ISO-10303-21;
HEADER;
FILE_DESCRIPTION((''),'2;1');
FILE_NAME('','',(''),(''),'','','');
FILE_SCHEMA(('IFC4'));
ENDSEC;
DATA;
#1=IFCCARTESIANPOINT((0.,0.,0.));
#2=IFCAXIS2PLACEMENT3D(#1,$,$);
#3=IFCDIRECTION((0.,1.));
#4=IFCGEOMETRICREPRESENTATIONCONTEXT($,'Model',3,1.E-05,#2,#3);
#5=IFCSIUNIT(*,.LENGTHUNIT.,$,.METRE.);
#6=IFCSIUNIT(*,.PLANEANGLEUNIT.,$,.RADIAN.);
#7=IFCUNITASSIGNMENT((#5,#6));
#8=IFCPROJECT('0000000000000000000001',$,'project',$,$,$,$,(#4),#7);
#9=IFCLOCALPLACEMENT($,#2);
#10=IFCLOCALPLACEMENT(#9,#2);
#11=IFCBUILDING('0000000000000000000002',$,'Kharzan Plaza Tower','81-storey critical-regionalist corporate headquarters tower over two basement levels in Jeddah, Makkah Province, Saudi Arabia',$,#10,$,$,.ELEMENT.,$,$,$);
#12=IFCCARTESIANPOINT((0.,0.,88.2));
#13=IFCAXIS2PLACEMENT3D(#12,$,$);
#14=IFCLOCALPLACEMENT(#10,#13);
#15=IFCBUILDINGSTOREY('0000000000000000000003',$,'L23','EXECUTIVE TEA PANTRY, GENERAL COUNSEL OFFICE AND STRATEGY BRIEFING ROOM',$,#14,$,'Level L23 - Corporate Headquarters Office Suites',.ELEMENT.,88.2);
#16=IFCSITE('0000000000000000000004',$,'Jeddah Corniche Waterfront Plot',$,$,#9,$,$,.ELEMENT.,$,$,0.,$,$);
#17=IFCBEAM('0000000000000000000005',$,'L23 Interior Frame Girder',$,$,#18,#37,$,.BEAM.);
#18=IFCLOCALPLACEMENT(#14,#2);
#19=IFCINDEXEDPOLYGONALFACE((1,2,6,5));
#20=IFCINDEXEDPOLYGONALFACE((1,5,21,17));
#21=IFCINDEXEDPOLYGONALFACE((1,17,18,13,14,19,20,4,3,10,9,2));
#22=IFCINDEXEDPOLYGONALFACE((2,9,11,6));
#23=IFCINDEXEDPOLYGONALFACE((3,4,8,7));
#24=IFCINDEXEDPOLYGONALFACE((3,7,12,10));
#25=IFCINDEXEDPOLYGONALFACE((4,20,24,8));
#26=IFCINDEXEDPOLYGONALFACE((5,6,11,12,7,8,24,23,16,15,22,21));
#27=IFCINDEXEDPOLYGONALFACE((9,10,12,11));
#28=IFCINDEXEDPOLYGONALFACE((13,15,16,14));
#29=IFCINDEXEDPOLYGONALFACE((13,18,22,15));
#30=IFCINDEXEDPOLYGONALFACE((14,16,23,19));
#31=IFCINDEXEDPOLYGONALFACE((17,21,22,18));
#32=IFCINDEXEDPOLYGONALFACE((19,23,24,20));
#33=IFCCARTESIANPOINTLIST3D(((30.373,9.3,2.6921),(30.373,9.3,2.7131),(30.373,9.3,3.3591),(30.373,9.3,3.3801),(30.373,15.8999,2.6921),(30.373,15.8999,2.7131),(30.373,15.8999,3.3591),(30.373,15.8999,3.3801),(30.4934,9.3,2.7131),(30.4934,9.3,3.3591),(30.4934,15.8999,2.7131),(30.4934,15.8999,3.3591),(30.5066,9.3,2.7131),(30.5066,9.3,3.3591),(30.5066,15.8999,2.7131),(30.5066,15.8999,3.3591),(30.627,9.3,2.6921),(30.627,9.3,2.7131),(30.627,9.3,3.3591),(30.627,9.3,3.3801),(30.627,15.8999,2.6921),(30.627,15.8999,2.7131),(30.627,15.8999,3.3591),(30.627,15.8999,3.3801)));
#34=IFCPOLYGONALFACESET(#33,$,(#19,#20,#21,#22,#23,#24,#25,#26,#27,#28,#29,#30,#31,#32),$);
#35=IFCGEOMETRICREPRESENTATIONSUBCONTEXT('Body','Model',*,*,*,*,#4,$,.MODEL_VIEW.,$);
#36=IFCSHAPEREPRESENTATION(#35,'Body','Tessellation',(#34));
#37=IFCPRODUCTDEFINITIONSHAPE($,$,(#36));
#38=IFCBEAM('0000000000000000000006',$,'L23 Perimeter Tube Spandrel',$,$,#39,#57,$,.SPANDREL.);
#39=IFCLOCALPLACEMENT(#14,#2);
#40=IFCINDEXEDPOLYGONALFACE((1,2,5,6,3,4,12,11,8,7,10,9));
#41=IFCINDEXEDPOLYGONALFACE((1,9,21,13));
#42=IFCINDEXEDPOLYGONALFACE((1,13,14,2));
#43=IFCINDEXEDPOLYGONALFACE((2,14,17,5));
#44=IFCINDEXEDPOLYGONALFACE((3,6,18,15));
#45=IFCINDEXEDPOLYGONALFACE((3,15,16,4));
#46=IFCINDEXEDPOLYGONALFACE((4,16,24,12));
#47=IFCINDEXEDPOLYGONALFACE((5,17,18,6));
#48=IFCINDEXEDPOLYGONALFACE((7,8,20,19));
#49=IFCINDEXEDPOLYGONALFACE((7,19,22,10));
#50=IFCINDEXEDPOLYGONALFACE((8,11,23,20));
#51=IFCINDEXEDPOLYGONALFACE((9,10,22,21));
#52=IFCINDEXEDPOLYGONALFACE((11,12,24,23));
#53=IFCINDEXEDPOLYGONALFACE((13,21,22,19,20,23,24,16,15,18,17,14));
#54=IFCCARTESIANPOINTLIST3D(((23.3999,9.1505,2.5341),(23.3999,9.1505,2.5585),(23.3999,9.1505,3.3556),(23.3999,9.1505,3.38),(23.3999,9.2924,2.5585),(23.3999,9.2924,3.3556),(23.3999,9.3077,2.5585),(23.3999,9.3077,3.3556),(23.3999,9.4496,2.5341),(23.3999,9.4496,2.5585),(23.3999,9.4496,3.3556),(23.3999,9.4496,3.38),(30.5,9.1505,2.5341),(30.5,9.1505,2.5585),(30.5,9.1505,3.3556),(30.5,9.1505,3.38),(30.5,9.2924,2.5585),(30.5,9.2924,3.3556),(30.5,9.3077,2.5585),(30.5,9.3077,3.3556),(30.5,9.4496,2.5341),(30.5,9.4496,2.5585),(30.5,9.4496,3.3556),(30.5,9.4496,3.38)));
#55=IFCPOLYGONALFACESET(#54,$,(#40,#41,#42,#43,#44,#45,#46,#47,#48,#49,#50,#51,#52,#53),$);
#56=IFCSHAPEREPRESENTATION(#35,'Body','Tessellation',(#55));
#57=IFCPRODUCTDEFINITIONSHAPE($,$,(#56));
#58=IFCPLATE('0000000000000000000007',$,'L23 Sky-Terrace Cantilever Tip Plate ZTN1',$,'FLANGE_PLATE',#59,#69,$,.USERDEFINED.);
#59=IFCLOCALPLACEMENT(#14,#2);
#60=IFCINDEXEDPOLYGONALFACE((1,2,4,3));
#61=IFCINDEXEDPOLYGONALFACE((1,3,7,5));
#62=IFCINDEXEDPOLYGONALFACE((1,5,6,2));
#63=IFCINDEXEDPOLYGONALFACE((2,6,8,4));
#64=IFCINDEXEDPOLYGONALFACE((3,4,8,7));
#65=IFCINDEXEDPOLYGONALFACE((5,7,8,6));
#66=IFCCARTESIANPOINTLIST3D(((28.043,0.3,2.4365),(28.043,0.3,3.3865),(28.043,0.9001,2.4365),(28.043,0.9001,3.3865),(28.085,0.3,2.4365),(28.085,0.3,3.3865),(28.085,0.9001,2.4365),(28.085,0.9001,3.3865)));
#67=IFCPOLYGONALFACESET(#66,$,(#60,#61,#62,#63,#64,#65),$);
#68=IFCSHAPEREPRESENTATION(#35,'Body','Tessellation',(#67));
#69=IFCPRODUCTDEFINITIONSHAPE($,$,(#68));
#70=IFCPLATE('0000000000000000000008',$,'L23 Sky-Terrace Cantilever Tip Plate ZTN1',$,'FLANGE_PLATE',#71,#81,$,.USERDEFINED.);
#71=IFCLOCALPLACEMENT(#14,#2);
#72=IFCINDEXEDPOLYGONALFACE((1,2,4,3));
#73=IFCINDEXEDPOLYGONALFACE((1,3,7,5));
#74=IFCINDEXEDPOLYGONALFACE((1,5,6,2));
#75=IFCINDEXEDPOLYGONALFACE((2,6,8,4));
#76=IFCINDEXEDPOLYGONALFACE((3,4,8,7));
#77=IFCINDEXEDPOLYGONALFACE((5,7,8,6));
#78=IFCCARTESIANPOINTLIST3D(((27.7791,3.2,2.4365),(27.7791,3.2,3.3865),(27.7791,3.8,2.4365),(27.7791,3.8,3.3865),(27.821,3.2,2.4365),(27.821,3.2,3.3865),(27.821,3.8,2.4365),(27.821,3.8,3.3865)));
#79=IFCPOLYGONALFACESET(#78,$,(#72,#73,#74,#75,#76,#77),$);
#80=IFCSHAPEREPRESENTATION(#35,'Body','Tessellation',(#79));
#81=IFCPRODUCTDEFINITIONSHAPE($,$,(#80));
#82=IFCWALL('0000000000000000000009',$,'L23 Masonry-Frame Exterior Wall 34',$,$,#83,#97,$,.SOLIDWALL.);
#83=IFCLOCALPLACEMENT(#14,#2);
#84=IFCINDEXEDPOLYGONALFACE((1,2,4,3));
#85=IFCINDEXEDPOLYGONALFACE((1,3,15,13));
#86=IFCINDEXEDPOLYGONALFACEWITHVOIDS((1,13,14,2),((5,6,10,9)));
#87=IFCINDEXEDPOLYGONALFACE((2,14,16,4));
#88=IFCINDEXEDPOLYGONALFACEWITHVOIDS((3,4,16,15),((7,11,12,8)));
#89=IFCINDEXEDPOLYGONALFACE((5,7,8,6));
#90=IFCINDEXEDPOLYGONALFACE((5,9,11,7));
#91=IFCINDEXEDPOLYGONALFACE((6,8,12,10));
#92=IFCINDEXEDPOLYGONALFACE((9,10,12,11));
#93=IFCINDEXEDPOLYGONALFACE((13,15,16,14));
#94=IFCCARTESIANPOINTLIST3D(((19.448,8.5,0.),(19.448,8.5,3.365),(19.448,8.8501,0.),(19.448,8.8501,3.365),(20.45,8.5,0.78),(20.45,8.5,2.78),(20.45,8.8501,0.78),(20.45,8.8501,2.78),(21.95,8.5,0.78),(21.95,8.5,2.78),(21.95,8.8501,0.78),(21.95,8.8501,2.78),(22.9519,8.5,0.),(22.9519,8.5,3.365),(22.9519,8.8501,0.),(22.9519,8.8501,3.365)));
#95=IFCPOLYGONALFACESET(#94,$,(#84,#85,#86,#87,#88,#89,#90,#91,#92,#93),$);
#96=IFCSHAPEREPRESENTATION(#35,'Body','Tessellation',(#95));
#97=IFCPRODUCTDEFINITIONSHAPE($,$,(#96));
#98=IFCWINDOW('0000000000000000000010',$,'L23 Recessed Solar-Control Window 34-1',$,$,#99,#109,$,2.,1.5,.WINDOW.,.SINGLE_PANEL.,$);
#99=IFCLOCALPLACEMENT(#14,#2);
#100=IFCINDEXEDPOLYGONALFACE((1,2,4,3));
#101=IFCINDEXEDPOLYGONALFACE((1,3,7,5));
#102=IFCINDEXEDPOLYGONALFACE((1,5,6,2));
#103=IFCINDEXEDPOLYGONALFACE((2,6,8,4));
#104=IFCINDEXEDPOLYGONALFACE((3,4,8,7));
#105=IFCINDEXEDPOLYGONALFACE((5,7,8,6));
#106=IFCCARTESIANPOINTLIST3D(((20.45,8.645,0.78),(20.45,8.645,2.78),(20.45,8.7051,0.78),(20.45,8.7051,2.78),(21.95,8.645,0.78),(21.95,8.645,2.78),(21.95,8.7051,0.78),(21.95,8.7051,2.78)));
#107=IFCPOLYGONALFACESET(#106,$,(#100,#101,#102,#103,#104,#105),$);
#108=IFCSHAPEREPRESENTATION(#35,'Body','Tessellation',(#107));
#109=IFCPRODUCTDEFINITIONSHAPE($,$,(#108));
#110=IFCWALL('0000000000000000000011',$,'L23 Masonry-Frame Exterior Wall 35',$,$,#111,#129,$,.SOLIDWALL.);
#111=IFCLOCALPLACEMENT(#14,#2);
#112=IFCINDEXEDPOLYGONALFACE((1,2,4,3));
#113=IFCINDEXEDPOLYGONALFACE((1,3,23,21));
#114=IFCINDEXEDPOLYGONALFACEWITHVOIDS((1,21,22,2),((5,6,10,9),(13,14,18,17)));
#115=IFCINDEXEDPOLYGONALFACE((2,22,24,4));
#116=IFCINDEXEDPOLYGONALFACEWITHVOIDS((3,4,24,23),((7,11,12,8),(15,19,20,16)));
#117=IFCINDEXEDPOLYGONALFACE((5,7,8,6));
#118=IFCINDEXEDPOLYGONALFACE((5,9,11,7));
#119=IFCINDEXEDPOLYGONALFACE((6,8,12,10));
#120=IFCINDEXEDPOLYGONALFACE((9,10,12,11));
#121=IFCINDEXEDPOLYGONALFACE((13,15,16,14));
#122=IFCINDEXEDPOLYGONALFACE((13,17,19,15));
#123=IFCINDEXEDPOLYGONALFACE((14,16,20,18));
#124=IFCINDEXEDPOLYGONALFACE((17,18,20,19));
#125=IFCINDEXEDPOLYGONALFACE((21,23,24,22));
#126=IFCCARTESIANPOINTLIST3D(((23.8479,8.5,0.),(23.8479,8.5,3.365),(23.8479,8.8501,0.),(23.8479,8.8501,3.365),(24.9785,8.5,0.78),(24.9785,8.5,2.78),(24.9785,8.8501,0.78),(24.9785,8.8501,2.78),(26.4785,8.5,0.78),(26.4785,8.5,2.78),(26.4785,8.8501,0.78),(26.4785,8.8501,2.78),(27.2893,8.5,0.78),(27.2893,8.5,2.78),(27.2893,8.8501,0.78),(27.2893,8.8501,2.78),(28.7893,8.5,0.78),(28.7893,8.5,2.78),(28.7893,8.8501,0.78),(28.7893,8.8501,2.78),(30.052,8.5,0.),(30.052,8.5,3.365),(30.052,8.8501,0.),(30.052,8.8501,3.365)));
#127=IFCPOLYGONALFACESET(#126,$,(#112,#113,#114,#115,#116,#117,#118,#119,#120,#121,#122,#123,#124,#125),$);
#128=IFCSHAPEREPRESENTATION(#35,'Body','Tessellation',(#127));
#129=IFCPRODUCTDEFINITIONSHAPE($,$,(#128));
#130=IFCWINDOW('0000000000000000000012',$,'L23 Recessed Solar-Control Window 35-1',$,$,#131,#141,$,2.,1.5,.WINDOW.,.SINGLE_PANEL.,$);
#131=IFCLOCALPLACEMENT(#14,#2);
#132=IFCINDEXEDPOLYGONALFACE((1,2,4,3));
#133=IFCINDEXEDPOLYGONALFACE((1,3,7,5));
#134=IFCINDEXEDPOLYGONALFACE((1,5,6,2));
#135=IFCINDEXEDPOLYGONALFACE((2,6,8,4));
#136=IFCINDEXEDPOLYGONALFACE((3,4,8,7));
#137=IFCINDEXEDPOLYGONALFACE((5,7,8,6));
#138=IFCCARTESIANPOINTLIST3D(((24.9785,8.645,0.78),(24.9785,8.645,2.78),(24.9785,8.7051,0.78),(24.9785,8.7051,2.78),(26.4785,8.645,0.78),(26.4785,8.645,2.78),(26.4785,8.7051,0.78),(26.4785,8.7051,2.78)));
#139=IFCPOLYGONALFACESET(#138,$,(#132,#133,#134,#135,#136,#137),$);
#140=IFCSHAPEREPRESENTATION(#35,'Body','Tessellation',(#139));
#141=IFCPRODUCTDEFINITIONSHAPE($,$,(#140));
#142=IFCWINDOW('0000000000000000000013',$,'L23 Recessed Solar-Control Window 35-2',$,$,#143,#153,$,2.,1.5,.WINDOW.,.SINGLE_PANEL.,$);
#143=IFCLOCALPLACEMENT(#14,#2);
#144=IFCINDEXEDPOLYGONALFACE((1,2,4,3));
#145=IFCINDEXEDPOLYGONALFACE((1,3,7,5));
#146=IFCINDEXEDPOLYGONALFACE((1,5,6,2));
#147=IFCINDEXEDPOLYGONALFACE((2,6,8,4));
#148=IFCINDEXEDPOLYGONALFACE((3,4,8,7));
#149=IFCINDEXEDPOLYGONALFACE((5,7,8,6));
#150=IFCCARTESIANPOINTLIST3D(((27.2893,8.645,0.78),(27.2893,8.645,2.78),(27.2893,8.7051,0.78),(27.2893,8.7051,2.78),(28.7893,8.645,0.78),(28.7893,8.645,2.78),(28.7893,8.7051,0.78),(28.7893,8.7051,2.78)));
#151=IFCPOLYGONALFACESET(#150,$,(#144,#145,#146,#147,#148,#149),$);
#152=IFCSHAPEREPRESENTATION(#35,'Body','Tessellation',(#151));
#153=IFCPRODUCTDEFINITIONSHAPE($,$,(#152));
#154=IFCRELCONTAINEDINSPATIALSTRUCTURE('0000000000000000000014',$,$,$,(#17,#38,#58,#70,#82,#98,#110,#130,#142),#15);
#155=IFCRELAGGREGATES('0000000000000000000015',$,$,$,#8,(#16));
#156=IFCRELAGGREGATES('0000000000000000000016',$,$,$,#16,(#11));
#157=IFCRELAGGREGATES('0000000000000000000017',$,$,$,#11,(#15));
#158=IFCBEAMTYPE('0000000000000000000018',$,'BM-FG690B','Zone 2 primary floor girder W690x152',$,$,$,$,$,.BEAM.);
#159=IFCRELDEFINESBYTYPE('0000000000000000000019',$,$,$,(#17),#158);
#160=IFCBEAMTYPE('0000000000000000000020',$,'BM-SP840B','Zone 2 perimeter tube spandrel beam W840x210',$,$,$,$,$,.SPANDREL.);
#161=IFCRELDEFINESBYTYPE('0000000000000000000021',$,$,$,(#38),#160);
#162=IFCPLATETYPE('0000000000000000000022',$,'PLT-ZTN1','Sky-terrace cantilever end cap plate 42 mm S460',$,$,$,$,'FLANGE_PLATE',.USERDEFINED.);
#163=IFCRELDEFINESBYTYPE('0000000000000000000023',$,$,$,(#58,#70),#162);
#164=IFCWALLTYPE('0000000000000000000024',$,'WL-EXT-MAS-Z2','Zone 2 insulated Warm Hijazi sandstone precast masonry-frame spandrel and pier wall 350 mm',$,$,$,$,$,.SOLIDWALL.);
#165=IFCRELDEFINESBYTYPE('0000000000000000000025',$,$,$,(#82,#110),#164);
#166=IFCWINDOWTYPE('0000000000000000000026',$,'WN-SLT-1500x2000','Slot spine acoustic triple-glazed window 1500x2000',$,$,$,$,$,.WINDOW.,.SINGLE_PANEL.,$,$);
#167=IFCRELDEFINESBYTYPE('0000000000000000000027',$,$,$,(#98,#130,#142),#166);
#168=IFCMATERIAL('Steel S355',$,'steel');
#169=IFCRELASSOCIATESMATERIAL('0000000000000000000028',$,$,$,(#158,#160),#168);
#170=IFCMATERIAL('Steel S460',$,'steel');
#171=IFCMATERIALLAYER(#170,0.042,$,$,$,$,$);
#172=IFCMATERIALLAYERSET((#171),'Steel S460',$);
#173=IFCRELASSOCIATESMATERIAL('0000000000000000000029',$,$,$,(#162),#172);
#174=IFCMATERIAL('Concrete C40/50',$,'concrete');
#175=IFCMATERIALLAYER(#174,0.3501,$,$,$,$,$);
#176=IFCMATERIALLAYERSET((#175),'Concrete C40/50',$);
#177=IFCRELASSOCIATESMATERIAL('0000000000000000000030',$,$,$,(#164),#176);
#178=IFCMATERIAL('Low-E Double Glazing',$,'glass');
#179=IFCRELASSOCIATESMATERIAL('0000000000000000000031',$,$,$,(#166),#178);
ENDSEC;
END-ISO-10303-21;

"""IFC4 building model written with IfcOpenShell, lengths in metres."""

from ifc_helpers import new_model, si_unit, direction, frame, frame_2d, origin, origin_2d, place, context, subcontext, project, spatial, rectangle, i_section, extrude, source, transform, mapped, material, layer, layer_set, material_profile, profile_set, type_object, element, fill, save


model = new_model("IFC4")

# Units and contexts
model_context = context("Model", 3, precision=1e-05, world=origin(), true_north=direction((0.0, 1.0)))
body_context = subcontext(model_context, "Body", "Model", "MODEL_VIEW")
ifc_project = project(units=[si_unit("LENGTHUNIT", "METRE"), si_unit("PLANEANGLEUNIT", "RADIAN")], contexts=[model_context])

# Site, building, storey
site_placement = place(None, origin())
site = spatial("IfcSite", under=ifc_project, at=site_placement, Name="Jeddah Corniche Waterfront Plot", CompositionType="ELEMENT", RefElevation=0.0)
building_placement = place(site_placement, origin())
building = spatial("IfcBuilding", under=site, at=building_placement, Name="Kharzan Plaza Tower", Description="81-storey critical-regionalist corporate headquarters tower over two basement levels in Jeddah, Makkah Province, Saudi Arabia", CompositionType="ELEMENT")
storey_placement = place(building_placement, frame((0.0, 0.0, 88.2)))
storey = spatial("IfcBuildingStorey", under=building, at=storey_placement, Name="L23", Description="EXECUTIVE TEA PANTRY, GENERAL COUNSEL OFFICE AND STRATEGY BRIEFING ROOM", LongName="Level L23 - Corporate Headquarters Office Suites", CompositionType="ELEMENT", Elevation=88.2)

# Shared definitions
ifc_material_1 = material(Name="Steel S355", Category="steel")

# Beams
ifc_material_profile_1 = material_profile(ifc_material_1, i_section(OverallWidth=0.2539, OverallDepth=0.688, WebThickness=0.0132, FlangeThickness=0.021, at=origin_2d()), Name="W690x152")
ifc_profile_set_1 = profile_set([ifc_material_profile_1], Name="Steel S355")
beam_type_1 = type_object("IfcBeamType", Name="BM-FG690B", Description="Zone 2 primary floor girder W690x152", PredefinedType="BEAM", material=ifc_profile_set_1)
shared_shape_1 = source(origin(), body_context, "Body", "SweptSolid", [
    extrude(i_section(OverallWidth=0.2539, OverallDepth=0.688, WebThickness=0.0132, FlangeThickness=0.021, at=origin_2d()), origin(), (0.0, 0.0, 1.0), 6.5999),
])
for number, where, z_axis, x_axis, name in (
    (1, (30.5, 9.3, 3.0361), (0.0, 1.0, 0.0), (-1.0, 0.0, 0.0), "L23 Interior Frame Girder"),
):
    element("IfcBeam", number, at=place(storey_placement, frame(where, z_axis=z_axis, x_axis=x_axis)), inside=storey, type_object=beam_type_1, Name=name, PredefinedType="BEAM", context=body_context, shape_type="MappedRepresentation", body=[
        mapped(shared_shape_1, transform((0.0, 0.0, 0.0), x_axis=(1.0, 0.0, 0.0), y_axis=(0.0, 1.0, 0.0), z_axis=(0.0, 0.0, 1.0))),
    ])
ifc_material_profile_2 = material_profile(ifc_material_1, i_section(OverallWidth=0.2991, OverallDepth=0.8459, WebThickness=0.0154, FlangeThickness=0.0244, at=origin_2d()), Name="W840x210")
ifc_profile_set_2 = profile_set([ifc_material_profile_2], Name="Steel S355")
beam_type_2 = type_object("IfcBeamType", Name="BM-SP840B", Description="Zone 2 perimeter tube spandrel beam W840x210", PredefinedType="SPANDREL", material=ifc_profile_set_2)
shared_shape_2 = source(origin(), body_context, "Body", "SweptSolid", [
    extrude(i_section(OverallWidth=0.2991, OverallDepth=0.8459, WebThickness=0.0154, FlangeThickness=0.0244, at=origin_2d()), origin(), (0.0, 0.0, 1.0), 7.1001),
])
beam_1_placement = place(storey_placement, frame((23.3999, 9.3, 2.957), z_axis=(1.0, 0.0, 0.0), x_axis=(0.0, 1.0, 0.0)))
element("IfcBeam", 2, at=beam_1_placement, inside=storey, type_object=beam_type_2, Name="L23 Perimeter Tube Spandrel", PredefinedType="SPANDREL", context=body_context, shape_type="MappedRepresentation", body=[
    mapped(shared_shape_2, transform((0.0, 0.0, 0.0), x_axis=(1.0, 0.0, 0.0), y_axis=(0.0, 1.0, 0.0), z_axis=(0.0, 0.0, 1.0))),
])

# Plates
ifc_material_2 = material(Name="Steel S460", Category="steel")
ifc_layer_1 = layer(ifc_material_2, 0.042)
ifc_layer_set_1 = layer_set([ifc_layer_1], Name="Steel S460")
plate_type = type_object("IfcPlateType", Name="PLT-ZTN1", Description="Sky-terrace cantilever end cap plate 42 mm S460", ElementType="FLANGE_PLATE", PredefinedType="USERDEFINED", material=ifc_layer_set_1)
shared_shape_3 = source(origin(), body_context, "Body", "SweptSolid", [
    extrude(rectangle(XDim=0.6001, YDim=0.042, at=origin_2d()), origin(), (0.0, 0.0, 1.0), 0.95),
])
for number, where, z_axis, x_axis, name in (
    (3, (28.064, 0.6001, 2.4365), (0.0, 0.0, 1.0), (0.0, 1.0, 0.0), "L23 Sky-Terrace Cantilever Tip Plate ZTN1"),
    (4, (27.8, 3.5, 2.4365), (0.0, 0.0, 1.0), (0.0, 1.0, 0.0), "L23 Sky-Terrace Cantilever Tip Plate ZTN1"),
):
    element("IfcPlate", number, at=place(storey_placement, frame(where, z_axis=z_axis, x_axis=x_axis)), inside=storey, type_object=plate_type, Name=name, ObjectType="FLANGE_PLATE", PredefinedType="USERDEFINED", context=body_context, shape_type="MappedRepresentation", body=[
        mapped(shared_shape_3, transform((0.0, 0.0, 0.0), x_axis=(1.0, 0.0, 0.0), y_axis=(0.0, 1.0, 0.0), z_axis=(0.0, 0.0, 1.0))),
    ])

# Wall, opening, window
ifc_material_3 = material(Name="Concrete C40/50", Category="concrete")
ifc_layer_2 = layer(ifc_material_3, 0.3501)
ifc_layer_set_2 = layer_set([ifc_layer_2], Name="Concrete C40/50")
wall_type_1 = type_object("IfcWallType", Name="WL-EXT-MAS-Z2", Description="Zone 2 insulated Warm Hijazi sandstone precast masonry-frame spandrel and pier wall 350 mm", PredefinedType="SOLIDWALL", material=ifc_layer_set_2)
wall_1_placement = place(storey_placement, frame((19.448, 8.675, 0.0), z_axis=(0.0, 0.0, 1.0), x_axis=(1.0, 0.0, 0.0)))
wall_1 = element("IfcWall", 5, at=wall_1_placement, inside=storey, type_object=wall_type_1, Name="L23 Masonry-Frame Exterior Wall 34", PredefinedType="SOLIDWALL", context=body_context, shape_type="SweptSolid", body=[
    extrude(rectangle(XDim=3.5039, YDim=0.3501, at=frame_2d((1.752, 0.0))), origin(), (0.0, 0.0, 1.0), 3.365),
])
opening_1_placement = place(wall_1_placement, frame((1.002, 0.0, 0.78)))
opening_1 = element("IfcOpeningElement", 6, at=opening_1_placement, cuts=wall_1, PredefinedType="OPENING", context=body_context, shape_type="SweptSolid", body=[
    extrude(rectangle(XDim=1.5, YDim=2.0, at=frame_2d((0.75, 1.0))), frame((0.0, 0.1851, 0.0), z_axis=(0.0, -1.0, 0.0), x_axis=(1.0, 0.0, 0.0)), (0.0, 0.0, 1.0), 0.3701),
])
ifc_material_4 = material(Name="Low-E Double Glazing", Category="glass")
window_type = type_object("IfcWindowType", Name="WN-SLT-1500x2000", Description="Slot spine acoustic triple-glazed window 1500x2000", PartitioningType="SINGLE_PANEL", PredefinedType="WINDOW", material=ifc_material_4)
shared_shape_4 = source(origin(), body_context, "Body", "SweptSolid", [
    extrude(rectangle(XDim=1.5, YDim=2.0, at=frame_2d((0.75, 1.0))), frame((0.0, 0.03, 0.0), z_axis=(0.0, -1.0, 0.0), x_axis=(1.0, 0.0, 0.0)), (0.0, 0.0, 1.0), 0.0601),
])
window_1_placement = place(opening_1_placement, origin())
window_1 = element("IfcWindow", 7, at=window_1_placement, inside=storey, type_object=window_type, Name="L23 Recessed Solar-Control Window 34-1", OverallHeight=2.0, OverallWidth=1.5, PartitioningType="SINGLE_PANEL", PredefinedType="WINDOW", context=body_context, shape_type="MappedRepresentation", body=[
    mapped(shared_shape_4, transform((0.0, 0.0, 0.0), x_axis=(1.0, 0.0, 0.0), y_axis=(0.0, 1.0, 0.0), z_axis=(0.0, 0.0, 1.0))),
])
fill(opening_1, window_1)

# Wall, openings, windows
wall_2_placement = place(storey_placement, frame((23.8479, 8.675, 0.0), z_axis=(0.0, 0.0, 1.0), x_axis=(1.0, 0.0, 0.0)))
wall_2 = element("IfcWall", 8, at=wall_2_placement, inside=storey, type_object=wall_type_1, Name="L23 Masonry-Frame Exterior Wall 35", PredefinedType="SOLIDWALL", context=body_context, shape_type="SweptSolid", body=[
    extrude(rectangle(XDim=6.2041, YDim=0.3501, at=frame_2d((3.1021, 0.0))), origin(), (0.0, 0.0, 1.0), 3.365),
])
opening_2_placement = place(wall_2_placement, frame((1.1306, 0.0, 0.78)))
opening_2 = element("IfcOpeningElement", 9, at=opening_2_placement, cuts=wall_2, PredefinedType="OPENING", context=body_context, shape_type="SweptSolid", body=[
    extrude(rectangle(XDim=1.5, YDim=2.0, at=frame_2d((0.75, 1.0))), frame((0.0, 0.1851, 0.0), z_axis=(0.0, -1.0, 0.0), x_axis=(1.0, 0.0, 0.0)), (0.0, 0.0, 1.0), 0.3701),
])
opening_3_placement = place(wall_2_placement, frame((3.4414, 0.0, 0.78)))
opening_3 = element("IfcOpeningElement", 10, at=opening_3_placement, cuts=wall_2, PredefinedType="OPENING", context=body_context, shape_type="SweptSolid", body=[
    extrude(rectangle(XDim=1.5, YDim=2.0, at=frame_2d((0.75, 1.0))), frame((0.0, 0.1851, 0.0), z_axis=(0.0, -1.0, 0.0), x_axis=(1.0, 0.0, 0.0)), (0.0, 0.0, 1.0), 0.3701),
])
window_2_placement = place(opening_2_placement, origin())
window_2 = element("IfcWindow", 11, at=window_2_placement, inside=storey, type_object=window_type, Name="L23 Recessed Solar-Control Window 35-1", OverallHeight=2.0, OverallWidth=1.5, PartitioningType="SINGLE_PANEL", PredefinedType="WINDOW", context=body_context, shape_type="MappedRepresentation", body=[
    mapped(shared_shape_4, transform((0.0, 0.0, 0.0), x_axis=(1.0, 0.0, 0.0), y_axis=(0.0, 1.0, 0.0), z_axis=(0.0, 0.0, 1.0))),
])
fill(opening_2, window_2)
window_3_placement = place(opening_3_placement, origin())
window_3 = element("IfcWindow", 12, at=window_3_placement, inside=storey, type_object=window_type, Name="L23 Recessed Solar-Control Window 35-2", OverallHeight=2.0, OverallWidth=1.5, PartitioningType="SINGLE_PANEL", PredefinedType="WINDOW", context=body_context, shape_type="MappedRepresentation", body=[
    mapped(shared_shape_4, transform((0.0, 0.0, 0.0), x_axis=(1.0, 0.0, 0.0), y_axis=(0.0, 1.0, 0.0), z_axis=(0.0, 0.0, 1.0))),
])
fill(opening_3, window_3)

save(model, "model.ifc")
